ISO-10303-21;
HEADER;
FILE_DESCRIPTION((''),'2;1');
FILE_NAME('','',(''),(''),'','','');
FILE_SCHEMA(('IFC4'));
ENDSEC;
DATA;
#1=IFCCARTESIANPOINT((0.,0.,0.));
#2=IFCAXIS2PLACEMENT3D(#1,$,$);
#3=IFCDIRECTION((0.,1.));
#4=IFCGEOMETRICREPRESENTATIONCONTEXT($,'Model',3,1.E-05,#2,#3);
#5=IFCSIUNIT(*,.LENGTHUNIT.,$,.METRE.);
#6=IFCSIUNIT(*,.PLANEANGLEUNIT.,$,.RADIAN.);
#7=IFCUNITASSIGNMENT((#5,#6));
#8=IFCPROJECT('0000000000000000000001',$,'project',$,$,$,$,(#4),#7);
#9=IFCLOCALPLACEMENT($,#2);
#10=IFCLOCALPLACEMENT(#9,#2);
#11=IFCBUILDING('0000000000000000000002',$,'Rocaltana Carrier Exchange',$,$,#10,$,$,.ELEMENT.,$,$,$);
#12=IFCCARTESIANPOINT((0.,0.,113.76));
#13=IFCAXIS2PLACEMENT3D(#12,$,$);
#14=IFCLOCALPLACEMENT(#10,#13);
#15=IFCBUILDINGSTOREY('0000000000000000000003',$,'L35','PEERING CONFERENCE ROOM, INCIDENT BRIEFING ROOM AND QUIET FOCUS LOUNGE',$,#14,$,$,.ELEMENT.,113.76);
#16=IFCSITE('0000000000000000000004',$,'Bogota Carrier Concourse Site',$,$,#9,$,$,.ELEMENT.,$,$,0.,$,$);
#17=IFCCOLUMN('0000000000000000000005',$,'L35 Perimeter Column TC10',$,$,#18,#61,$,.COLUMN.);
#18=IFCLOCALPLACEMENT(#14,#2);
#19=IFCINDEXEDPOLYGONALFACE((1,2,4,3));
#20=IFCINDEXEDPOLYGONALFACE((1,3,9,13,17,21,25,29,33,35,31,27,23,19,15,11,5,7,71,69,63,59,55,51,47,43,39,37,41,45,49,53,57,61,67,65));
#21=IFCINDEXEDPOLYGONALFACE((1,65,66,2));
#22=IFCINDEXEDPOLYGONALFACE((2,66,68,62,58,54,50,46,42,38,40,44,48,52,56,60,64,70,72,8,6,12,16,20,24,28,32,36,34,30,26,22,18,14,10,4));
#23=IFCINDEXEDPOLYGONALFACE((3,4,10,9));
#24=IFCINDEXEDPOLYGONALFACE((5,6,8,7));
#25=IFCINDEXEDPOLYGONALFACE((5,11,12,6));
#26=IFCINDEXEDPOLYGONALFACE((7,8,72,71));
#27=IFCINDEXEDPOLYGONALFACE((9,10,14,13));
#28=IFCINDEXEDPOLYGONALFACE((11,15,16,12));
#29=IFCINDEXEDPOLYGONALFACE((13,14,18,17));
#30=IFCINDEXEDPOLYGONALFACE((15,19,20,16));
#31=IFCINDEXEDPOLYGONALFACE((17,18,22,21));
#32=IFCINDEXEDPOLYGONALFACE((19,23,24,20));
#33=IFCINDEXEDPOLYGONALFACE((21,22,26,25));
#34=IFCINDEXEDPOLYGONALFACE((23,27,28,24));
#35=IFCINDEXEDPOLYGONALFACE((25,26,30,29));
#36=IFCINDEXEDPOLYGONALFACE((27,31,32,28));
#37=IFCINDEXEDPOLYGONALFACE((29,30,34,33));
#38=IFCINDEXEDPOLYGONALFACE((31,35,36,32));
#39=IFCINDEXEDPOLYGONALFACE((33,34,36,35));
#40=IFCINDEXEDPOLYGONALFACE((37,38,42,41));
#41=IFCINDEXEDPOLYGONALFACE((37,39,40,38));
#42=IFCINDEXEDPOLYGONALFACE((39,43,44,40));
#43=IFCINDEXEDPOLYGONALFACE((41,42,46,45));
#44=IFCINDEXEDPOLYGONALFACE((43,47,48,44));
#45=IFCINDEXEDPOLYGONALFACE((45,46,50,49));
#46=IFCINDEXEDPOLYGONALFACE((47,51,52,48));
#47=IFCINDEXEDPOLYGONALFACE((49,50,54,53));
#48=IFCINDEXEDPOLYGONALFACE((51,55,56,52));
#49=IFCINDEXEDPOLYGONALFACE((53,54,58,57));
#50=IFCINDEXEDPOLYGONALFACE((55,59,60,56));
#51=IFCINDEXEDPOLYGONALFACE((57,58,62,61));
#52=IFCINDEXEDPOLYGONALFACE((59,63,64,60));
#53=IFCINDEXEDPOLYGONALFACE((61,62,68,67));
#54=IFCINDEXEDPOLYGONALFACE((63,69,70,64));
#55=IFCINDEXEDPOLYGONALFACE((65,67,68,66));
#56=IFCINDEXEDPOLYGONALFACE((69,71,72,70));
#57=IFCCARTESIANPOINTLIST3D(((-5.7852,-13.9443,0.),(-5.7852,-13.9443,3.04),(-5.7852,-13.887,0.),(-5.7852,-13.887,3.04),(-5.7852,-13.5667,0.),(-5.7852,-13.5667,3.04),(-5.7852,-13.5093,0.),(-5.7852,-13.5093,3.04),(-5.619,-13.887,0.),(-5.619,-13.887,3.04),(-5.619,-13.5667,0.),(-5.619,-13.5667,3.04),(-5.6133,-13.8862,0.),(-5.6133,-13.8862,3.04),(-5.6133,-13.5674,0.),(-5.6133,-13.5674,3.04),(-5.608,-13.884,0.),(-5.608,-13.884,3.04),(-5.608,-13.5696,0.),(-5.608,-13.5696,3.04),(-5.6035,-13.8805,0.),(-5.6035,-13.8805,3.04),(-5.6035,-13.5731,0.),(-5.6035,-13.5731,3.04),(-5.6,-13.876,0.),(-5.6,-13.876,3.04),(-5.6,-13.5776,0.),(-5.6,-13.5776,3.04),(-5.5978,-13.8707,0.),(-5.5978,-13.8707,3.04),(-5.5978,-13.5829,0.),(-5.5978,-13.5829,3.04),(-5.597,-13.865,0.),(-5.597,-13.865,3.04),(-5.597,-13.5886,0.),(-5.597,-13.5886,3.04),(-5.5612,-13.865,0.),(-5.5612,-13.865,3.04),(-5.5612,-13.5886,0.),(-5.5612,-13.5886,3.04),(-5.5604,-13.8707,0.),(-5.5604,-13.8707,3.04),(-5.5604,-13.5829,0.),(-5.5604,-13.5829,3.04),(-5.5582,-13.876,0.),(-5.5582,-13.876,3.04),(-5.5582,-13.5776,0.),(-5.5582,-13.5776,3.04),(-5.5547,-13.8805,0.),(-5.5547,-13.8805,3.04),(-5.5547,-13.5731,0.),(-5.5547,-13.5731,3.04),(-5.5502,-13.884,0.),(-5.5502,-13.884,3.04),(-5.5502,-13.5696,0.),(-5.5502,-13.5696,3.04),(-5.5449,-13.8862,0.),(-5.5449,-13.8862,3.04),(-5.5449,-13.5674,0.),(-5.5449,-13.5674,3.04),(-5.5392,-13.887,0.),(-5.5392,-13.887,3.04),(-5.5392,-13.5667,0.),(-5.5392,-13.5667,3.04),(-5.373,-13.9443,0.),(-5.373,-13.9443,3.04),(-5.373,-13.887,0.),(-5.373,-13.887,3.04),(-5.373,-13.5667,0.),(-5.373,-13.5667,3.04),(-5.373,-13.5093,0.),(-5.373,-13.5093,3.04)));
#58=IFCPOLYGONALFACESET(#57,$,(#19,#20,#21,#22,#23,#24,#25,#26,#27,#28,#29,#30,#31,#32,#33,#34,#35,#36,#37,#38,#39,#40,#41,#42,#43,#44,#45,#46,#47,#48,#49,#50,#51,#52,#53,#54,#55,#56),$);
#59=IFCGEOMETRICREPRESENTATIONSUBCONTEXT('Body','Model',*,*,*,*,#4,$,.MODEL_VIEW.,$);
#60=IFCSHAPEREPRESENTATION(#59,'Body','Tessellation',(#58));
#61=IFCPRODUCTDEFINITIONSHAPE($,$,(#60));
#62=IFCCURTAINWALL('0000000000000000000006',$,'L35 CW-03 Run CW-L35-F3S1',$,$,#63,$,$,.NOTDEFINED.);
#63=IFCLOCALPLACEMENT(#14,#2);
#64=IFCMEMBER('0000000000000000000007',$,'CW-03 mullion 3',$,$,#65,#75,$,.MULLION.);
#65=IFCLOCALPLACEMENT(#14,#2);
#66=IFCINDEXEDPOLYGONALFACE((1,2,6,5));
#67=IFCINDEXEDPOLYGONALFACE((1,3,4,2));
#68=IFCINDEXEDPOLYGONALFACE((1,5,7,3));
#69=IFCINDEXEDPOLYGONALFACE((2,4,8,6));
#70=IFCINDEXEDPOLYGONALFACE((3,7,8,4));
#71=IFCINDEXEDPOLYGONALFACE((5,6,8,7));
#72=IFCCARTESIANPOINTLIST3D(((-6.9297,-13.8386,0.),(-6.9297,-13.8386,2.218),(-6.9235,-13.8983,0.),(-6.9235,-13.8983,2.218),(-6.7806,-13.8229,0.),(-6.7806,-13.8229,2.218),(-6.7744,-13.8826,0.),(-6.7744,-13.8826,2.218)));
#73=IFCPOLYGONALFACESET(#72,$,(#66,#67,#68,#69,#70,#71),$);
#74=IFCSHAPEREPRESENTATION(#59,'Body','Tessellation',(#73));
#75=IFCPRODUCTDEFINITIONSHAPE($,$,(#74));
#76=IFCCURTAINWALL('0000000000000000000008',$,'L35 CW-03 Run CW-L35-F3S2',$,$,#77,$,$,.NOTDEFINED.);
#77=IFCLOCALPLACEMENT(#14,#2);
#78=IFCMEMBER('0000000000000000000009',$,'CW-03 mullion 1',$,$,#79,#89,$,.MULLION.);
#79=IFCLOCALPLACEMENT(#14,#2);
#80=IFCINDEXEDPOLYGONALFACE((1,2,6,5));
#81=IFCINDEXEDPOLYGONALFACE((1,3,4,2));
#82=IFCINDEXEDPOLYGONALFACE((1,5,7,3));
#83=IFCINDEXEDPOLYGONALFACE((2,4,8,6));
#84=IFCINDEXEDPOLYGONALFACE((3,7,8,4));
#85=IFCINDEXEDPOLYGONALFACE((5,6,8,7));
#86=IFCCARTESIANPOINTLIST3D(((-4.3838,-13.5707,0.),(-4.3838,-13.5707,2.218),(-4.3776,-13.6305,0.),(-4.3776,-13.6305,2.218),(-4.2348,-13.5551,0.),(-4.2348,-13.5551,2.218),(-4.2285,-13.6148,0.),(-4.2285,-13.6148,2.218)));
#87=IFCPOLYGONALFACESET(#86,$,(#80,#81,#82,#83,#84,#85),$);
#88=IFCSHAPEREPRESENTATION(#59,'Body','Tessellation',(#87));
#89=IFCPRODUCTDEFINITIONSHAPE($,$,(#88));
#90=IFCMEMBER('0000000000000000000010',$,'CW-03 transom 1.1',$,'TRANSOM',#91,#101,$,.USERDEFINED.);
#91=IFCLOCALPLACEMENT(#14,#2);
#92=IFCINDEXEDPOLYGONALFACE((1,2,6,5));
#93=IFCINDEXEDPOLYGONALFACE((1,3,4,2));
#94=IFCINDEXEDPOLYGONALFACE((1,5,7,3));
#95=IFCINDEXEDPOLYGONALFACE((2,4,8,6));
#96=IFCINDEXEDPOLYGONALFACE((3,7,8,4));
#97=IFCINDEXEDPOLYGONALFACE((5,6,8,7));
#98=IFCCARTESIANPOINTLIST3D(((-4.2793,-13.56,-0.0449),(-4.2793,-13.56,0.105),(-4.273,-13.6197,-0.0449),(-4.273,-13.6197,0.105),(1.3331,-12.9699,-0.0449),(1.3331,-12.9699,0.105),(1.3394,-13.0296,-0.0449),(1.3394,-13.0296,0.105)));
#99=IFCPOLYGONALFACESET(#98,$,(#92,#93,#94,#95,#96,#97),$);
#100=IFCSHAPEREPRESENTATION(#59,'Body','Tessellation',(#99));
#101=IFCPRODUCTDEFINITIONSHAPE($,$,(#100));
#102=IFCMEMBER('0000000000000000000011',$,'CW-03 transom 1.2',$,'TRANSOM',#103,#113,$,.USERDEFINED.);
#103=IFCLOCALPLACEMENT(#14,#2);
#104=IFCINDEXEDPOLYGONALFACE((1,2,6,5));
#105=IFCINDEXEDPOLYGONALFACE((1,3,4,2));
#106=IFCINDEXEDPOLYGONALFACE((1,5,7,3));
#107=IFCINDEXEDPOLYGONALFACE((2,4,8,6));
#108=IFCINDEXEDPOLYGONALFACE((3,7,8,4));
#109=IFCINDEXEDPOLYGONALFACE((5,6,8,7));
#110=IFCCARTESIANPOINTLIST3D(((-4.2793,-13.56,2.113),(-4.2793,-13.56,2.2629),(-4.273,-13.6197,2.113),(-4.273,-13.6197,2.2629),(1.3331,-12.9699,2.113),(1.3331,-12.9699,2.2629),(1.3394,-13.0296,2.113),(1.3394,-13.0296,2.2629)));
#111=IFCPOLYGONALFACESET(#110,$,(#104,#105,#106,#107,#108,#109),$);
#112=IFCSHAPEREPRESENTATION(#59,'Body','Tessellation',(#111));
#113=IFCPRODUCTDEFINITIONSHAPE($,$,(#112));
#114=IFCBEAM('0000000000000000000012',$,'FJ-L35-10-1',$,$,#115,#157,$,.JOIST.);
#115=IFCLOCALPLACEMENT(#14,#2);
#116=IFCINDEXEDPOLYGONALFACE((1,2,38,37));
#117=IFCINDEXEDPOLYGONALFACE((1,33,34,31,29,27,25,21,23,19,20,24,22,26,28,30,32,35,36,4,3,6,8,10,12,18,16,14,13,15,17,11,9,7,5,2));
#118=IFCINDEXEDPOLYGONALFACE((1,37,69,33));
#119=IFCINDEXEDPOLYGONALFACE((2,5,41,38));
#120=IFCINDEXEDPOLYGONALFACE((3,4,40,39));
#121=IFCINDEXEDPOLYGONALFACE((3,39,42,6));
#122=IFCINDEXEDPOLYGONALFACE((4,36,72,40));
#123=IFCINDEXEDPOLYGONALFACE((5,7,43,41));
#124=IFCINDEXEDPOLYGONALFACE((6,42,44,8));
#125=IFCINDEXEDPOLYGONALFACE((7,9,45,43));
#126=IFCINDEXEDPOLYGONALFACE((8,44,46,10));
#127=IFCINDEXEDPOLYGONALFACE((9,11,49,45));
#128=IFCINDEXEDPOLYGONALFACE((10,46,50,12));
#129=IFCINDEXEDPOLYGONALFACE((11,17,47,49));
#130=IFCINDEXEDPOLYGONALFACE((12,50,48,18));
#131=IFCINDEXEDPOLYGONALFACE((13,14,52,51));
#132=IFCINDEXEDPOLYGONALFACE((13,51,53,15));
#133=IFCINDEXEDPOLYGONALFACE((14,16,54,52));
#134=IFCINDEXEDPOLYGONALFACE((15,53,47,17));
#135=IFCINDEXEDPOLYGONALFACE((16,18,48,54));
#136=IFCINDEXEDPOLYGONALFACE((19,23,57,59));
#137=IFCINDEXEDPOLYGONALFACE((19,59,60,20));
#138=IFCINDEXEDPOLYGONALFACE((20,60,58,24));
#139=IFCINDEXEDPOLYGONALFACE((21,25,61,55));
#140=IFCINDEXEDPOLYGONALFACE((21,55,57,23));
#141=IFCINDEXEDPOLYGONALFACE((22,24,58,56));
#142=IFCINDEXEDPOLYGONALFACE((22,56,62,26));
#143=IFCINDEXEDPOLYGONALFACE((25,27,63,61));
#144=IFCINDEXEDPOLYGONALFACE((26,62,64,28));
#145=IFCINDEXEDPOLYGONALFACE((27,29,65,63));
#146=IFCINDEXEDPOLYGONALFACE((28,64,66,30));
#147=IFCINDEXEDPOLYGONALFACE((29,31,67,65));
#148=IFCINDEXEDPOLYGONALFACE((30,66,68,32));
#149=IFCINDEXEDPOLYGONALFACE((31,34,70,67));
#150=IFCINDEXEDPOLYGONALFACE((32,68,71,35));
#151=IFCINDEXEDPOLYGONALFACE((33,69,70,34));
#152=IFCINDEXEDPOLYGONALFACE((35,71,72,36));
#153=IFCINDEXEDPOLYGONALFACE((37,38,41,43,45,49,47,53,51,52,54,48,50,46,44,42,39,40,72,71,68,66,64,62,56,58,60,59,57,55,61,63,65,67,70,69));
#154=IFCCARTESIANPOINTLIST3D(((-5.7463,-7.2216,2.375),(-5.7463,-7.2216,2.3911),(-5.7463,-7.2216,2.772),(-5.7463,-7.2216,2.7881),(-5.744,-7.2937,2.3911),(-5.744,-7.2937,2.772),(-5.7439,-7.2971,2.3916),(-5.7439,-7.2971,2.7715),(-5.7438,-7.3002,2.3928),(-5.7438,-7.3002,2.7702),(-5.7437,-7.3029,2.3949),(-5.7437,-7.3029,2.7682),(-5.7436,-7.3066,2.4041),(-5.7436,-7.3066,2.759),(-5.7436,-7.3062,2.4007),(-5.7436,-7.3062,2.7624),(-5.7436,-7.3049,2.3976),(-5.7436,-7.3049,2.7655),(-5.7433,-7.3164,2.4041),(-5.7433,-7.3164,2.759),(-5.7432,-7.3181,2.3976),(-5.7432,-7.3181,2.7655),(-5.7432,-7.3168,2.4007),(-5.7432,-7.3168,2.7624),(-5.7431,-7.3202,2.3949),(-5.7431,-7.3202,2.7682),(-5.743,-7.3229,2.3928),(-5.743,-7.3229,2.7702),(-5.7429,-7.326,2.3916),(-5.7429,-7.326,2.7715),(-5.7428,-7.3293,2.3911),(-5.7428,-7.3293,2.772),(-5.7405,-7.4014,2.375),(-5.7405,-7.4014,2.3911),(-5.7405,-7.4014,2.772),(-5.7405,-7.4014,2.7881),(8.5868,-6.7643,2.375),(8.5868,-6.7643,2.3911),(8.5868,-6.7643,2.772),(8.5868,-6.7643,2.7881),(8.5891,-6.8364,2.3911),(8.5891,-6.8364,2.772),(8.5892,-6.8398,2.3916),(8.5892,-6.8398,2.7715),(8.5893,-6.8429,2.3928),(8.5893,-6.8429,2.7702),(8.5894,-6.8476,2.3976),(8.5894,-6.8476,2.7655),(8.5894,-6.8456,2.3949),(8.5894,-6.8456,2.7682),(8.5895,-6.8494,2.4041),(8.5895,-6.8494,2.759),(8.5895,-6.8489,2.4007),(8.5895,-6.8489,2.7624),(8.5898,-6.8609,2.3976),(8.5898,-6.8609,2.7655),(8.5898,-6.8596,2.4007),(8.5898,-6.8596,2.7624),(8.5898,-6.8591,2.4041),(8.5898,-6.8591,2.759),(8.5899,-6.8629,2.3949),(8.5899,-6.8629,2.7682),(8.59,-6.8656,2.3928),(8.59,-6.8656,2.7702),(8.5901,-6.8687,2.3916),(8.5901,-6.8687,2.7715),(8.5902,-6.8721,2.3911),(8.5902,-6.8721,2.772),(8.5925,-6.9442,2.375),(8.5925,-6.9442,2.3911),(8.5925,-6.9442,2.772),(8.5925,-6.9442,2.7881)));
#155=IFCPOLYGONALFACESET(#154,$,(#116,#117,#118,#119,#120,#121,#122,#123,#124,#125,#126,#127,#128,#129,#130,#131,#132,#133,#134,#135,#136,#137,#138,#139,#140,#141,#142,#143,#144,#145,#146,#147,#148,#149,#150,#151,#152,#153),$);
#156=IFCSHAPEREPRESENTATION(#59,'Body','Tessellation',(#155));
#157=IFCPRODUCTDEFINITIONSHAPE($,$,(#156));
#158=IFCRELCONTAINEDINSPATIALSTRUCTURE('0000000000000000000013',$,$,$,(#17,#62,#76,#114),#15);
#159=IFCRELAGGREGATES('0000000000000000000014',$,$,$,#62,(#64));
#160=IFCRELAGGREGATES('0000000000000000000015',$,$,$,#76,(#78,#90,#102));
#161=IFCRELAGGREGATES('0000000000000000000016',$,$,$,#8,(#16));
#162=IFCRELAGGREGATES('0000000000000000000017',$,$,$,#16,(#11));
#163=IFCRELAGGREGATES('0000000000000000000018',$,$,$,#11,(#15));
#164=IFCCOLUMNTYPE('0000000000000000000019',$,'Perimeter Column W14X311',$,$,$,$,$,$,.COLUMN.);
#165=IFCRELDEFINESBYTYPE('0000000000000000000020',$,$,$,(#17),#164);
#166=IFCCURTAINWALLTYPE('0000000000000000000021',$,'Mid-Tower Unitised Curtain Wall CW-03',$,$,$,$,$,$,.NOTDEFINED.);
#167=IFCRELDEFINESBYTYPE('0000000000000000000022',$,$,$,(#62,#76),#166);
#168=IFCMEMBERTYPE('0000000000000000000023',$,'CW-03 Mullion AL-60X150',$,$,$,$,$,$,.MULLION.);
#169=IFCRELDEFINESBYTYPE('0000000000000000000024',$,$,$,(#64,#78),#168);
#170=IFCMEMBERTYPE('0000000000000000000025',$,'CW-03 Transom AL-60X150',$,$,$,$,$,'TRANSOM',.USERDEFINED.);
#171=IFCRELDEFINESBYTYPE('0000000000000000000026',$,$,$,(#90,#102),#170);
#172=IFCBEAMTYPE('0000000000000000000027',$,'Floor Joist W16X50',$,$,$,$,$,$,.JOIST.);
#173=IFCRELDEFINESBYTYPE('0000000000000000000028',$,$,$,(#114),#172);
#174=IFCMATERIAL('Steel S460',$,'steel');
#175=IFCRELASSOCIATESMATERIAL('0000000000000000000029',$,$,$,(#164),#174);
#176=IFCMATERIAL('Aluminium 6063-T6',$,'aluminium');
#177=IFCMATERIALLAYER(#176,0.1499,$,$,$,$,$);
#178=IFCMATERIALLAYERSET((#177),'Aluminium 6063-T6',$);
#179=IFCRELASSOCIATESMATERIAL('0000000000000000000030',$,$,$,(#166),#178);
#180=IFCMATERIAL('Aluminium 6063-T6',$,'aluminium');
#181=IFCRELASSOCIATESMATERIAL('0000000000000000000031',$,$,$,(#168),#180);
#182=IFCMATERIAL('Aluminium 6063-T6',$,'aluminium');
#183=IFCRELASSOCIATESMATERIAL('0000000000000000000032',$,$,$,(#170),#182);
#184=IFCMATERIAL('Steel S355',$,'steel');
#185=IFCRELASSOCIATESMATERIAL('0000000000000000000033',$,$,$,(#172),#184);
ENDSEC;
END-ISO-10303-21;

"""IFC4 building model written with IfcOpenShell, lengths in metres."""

from ifc_helpers import new_model, si_unit, direction, frame, origin, origin_2d, place, context, subcontext, project, spatial, rectangle, i_section, extrude, material, layer, layer_set, material_profile, profile_set, type_object, element, aggregate, save


model = new_model("IFC4")

# Units and contexts
model_context = context("Model", 3, precision=1e-05, world=origin(), true_north=direction((0.0, 1.0)))
body_context = subcontext(model_context, "Body", "Model", "MODEL_VIEW")
ifc_project = project(units=[si_unit("LENGTHUNIT", "METRE"), si_unit("PLANEANGLEUNIT", "RADIAN")], contexts=[model_context])

# Site, building, storey
site_placement = place(None, origin())
site = spatial("IfcSite", under=ifc_project, at=site_placement, Name="Bogota Carrier Concourse Site", CompositionType="ELEMENT", RefElevation=0.0)
building_placement = place(site_placement, origin())
building = spatial("IfcBuilding", under=site, at=building_placement, Name="Rocaltana Carrier Exchange", CompositionType="ELEMENT")
storey_placement = place(building_placement, frame((0.0, 0.0, 113.76)))
storey = spatial("IfcBuildingStorey", under=building, at=storey_placement, Name="L35", Description="PEERING CONFERENCE ROOM, INCIDENT BRIEFING ROOM AND QUIET FOCUS LOUNGE", CompositionType="ELEMENT", Elevation=113.76)

# Column
ifc_material_1 = material(Name="Steel S460", Category="steel")
ifc_material_profile_1 = material_profile(ifc_material_1, i_section(OverallWidth=0.4121, OverallDepth=0.4351, WebThickness=0.0359, FlangeThickness=0.0574, FilletRadius=0.022, at=origin_2d()), Name="W14X311")
ifc_profile_set_1 = profile_set([ifc_material_profile_1], Name="Steel S460")
column_type = type_object("IfcColumnType", Name="Perimeter Column W14X311", PredefinedType="COLUMN", material=ifc_profile_set_1)
column_placement = place(storey_placement, frame((-5.5791, -13.7268, 0.0), z_axis=(0.0, 0.0, 1.0), x_axis=(1.0, 0.0, 0.0)))
element("IfcColumn", 1, at=column_placement, inside=storey, type_object=column_type, Name="L35 Perimeter Column TC10", PredefinedType="COLUMN", context=body_context, shape_type="SweptSolid", body=[
    extrude(i_section(OverallWidth=0.4121, OverallDepth=0.4351, WebThickness=0.0359, FlangeThickness=0.0574, FilletRadius=0.022, at=origin_2d()), origin(), (0.0, 0.0, 1.0), 3.04),
])

# Curtain wall, member
ifc_material_2 = material(Name="Aluminium 6063-T6", Category="aluminium")
ifc_layer_1 = layer(ifc_material_2, 0.1499)
ifc_layer_set_1 = layer_set([ifc_layer_1], Name="Aluminium 6063-T6")
curtain_wall_type = type_object("IfcCurtainWallType", Name="Mid-Tower Unitised Curtain Wall CW-03", PredefinedType="NOTDEFINED", material=ifc_layer_set_1)
curtain_wall_1_placement = place(storey_placement, origin())
curtain_wall_1 = element("IfcCurtainWall", 2, at=curtain_wall_1_placement, inside=storey, type_object=curtain_wall_type, Name="L35 CW-03 Run CW-L35-F3S1", PredefinedType="NOTDEFINED")
ifc_material_3 = material(Name="Aluminium 6063-T6", Category="aluminium")
ifc_material_profile_2 = material_profile(ifc_material_3, rectangle(XDim=0.0601, YDim=0.1499, at=origin_2d()), Name="AL-60X150")
ifc_profile_set_2 = profile_set([ifc_material_profile_2], Name="Aluminium 6063-T6")
member_type_1 = type_object("IfcMemberType", Name="CW-03 Mullion AL-60X150", PredefinedType="MULLION", material=ifc_profile_set_2)
member_1_placement = place(storey_placement, frame((-6.8521, -13.8606, 0.0), z_axis=(0.0, 0.0, 1.0), x_axis=(-0.104522, 0.994523, 0.0)))
member_1 = element("IfcMember", 3, at=member_1_placement, type_object=member_type_1, Name="CW-03 mullion 3", PredefinedType="MULLION", context=body_context, shape_type="SweptSolid", body=[
    extrude(rectangle(XDim=0.0601, YDim=0.1499, at=origin_2d()), origin(), (0.0, 0.0, 1.0), 2.218),
])
aggregate(curtain_wall_1, [member_1])

# Curtain wall, members
curtain_wall_2_placement = place(storey_placement, origin())
curtain_wall_2 = element("IfcCurtainWall", 4, at=curtain_wall_2_placement, inside=storey, type_object=curtain_wall_type, Name="L35 CW-03 Run CW-L35-F3S2", PredefinedType="NOTDEFINED")
member_2_placement = place(storey_placement, frame((-4.3062, -13.5928, 0.0), z_axis=(0.0, 0.0, 1.0), x_axis=(-0.10453, 0.994522, 0.0)))
member_2 = element("IfcMember", 5, at=member_2_placement, type_object=member_type_1, Name="CW-03 mullion 1", PredefinedType="MULLION", context=body_context, shape_type="SweptSolid", body=[
    extrude(rectangle(XDim=0.0601, YDim=0.1499, at=origin_2d()), origin(), (0.0, 0.0, 1.0), 2.218),
])
ifc_material_4 = material(Name="Aluminium 6063-T6", Category="aluminium")
ifc_material_profile_3 = material_profile(ifc_material_4, rectangle(XDim=0.0601, YDim=0.1499, at=origin_2d()), Name="AL-60X150")
ifc_profile_set_3 = profile_set([ifc_material_profile_3], Name="Aluminium 6063-T6")
member_type_2 = type_object("IfcMemberType", Name="CW-03 Transom AL-60X150", ElementType="TRANSOM", PredefinedType="USERDEFINED", material=ifc_profile_set_3)
member_3_placement = place(storey_placement, frame((-4.2761, -13.5898, 0.03), z_axis=(0.994518, 0.104565, 0.0), x_axis=(-0.104565, 0.994518, 0.0)))
member_3 = element("IfcMember", 6, at=member_3_placement, type_object=member_type_2, Name="CW-03 transom 1.1", ObjectType="TRANSOM", PredefinedType="USERDEFINED", context=body_context, shape_type="SweptSolid", body=[
    extrude(rectangle(XDim=0.0601, YDim=0.1499, at=origin_2d()), origin(), (0.0, 0.0, 1.0), 5.6433),
])
member_4_placement = place(storey_placement, frame((-4.2761, -13.5898, 2.188), z_axis=(0.994518, 0.104565, 0.0), x_axis=(-0.104565, 0.994518, 0.0)))
member_4 = element("IfcMember", 7, at=member_4_placement, type_object=member_type_2, Name="CW-03 transom 1.2", ObjectType="TRANSOM", PredefinedType="USERDEFINED", context=body_context, shape_type="SweptSolid", body=[
    extrude(rectangle(XDim=0.0601, YDim=0.1499, at=origin_2d()), origin(), (0.0, 0.0, 1.0), 5.6433),
])

# Beam
ifc_material_5 = material(Name="Steel S355", Category="steel")
ifc_material_profile_4 = material_profile(ifc_material_5, i_section(OverallWidth=0.1799, OverallDepth=0.4131, WebThickness=0.0098, FlangeThickness=0.0161, FilletRadius=0.0129, at=origin_2d()), Name="W16X50")
ifc_profile_set_4 = profile_set([ifc_material_profile_4], Name="Steel S355")
beam_type_1 = type_object("IfcBeamType", Name="Floor Joist W16X50", PredefinedType="JOIST", material=ifc_profile_set_4)
beam_1_placement = place(storey_placement, frame((-5.7434, -7.3115, 2.5815), z_axis=(0.999491, 0.031887, 0.0), x_axis=(-0.031887, 0.999491, 0.0)))
element("IfcBeam", 8, at=beam_1_placement, inside=storey, type_object=beam_type_1, Name="FJ-L35-10-1", PredefinedType="JOIST", context=body_context, shape_type="SweptSolid", body=[
    extrude(i_section(OverallWidth=0.1799, OverallDepth=0.4131, WebThickness=0.0098, FlangeThickness=0.0161, FilletRadius=0.0129, at=origin_2d()), origin(), (0.0, 0.0, 1.0), 14.3403),
])

aggregate(curtain_wall_2, [member_2, member_3, member_4])

save(model, "model.ifc")
